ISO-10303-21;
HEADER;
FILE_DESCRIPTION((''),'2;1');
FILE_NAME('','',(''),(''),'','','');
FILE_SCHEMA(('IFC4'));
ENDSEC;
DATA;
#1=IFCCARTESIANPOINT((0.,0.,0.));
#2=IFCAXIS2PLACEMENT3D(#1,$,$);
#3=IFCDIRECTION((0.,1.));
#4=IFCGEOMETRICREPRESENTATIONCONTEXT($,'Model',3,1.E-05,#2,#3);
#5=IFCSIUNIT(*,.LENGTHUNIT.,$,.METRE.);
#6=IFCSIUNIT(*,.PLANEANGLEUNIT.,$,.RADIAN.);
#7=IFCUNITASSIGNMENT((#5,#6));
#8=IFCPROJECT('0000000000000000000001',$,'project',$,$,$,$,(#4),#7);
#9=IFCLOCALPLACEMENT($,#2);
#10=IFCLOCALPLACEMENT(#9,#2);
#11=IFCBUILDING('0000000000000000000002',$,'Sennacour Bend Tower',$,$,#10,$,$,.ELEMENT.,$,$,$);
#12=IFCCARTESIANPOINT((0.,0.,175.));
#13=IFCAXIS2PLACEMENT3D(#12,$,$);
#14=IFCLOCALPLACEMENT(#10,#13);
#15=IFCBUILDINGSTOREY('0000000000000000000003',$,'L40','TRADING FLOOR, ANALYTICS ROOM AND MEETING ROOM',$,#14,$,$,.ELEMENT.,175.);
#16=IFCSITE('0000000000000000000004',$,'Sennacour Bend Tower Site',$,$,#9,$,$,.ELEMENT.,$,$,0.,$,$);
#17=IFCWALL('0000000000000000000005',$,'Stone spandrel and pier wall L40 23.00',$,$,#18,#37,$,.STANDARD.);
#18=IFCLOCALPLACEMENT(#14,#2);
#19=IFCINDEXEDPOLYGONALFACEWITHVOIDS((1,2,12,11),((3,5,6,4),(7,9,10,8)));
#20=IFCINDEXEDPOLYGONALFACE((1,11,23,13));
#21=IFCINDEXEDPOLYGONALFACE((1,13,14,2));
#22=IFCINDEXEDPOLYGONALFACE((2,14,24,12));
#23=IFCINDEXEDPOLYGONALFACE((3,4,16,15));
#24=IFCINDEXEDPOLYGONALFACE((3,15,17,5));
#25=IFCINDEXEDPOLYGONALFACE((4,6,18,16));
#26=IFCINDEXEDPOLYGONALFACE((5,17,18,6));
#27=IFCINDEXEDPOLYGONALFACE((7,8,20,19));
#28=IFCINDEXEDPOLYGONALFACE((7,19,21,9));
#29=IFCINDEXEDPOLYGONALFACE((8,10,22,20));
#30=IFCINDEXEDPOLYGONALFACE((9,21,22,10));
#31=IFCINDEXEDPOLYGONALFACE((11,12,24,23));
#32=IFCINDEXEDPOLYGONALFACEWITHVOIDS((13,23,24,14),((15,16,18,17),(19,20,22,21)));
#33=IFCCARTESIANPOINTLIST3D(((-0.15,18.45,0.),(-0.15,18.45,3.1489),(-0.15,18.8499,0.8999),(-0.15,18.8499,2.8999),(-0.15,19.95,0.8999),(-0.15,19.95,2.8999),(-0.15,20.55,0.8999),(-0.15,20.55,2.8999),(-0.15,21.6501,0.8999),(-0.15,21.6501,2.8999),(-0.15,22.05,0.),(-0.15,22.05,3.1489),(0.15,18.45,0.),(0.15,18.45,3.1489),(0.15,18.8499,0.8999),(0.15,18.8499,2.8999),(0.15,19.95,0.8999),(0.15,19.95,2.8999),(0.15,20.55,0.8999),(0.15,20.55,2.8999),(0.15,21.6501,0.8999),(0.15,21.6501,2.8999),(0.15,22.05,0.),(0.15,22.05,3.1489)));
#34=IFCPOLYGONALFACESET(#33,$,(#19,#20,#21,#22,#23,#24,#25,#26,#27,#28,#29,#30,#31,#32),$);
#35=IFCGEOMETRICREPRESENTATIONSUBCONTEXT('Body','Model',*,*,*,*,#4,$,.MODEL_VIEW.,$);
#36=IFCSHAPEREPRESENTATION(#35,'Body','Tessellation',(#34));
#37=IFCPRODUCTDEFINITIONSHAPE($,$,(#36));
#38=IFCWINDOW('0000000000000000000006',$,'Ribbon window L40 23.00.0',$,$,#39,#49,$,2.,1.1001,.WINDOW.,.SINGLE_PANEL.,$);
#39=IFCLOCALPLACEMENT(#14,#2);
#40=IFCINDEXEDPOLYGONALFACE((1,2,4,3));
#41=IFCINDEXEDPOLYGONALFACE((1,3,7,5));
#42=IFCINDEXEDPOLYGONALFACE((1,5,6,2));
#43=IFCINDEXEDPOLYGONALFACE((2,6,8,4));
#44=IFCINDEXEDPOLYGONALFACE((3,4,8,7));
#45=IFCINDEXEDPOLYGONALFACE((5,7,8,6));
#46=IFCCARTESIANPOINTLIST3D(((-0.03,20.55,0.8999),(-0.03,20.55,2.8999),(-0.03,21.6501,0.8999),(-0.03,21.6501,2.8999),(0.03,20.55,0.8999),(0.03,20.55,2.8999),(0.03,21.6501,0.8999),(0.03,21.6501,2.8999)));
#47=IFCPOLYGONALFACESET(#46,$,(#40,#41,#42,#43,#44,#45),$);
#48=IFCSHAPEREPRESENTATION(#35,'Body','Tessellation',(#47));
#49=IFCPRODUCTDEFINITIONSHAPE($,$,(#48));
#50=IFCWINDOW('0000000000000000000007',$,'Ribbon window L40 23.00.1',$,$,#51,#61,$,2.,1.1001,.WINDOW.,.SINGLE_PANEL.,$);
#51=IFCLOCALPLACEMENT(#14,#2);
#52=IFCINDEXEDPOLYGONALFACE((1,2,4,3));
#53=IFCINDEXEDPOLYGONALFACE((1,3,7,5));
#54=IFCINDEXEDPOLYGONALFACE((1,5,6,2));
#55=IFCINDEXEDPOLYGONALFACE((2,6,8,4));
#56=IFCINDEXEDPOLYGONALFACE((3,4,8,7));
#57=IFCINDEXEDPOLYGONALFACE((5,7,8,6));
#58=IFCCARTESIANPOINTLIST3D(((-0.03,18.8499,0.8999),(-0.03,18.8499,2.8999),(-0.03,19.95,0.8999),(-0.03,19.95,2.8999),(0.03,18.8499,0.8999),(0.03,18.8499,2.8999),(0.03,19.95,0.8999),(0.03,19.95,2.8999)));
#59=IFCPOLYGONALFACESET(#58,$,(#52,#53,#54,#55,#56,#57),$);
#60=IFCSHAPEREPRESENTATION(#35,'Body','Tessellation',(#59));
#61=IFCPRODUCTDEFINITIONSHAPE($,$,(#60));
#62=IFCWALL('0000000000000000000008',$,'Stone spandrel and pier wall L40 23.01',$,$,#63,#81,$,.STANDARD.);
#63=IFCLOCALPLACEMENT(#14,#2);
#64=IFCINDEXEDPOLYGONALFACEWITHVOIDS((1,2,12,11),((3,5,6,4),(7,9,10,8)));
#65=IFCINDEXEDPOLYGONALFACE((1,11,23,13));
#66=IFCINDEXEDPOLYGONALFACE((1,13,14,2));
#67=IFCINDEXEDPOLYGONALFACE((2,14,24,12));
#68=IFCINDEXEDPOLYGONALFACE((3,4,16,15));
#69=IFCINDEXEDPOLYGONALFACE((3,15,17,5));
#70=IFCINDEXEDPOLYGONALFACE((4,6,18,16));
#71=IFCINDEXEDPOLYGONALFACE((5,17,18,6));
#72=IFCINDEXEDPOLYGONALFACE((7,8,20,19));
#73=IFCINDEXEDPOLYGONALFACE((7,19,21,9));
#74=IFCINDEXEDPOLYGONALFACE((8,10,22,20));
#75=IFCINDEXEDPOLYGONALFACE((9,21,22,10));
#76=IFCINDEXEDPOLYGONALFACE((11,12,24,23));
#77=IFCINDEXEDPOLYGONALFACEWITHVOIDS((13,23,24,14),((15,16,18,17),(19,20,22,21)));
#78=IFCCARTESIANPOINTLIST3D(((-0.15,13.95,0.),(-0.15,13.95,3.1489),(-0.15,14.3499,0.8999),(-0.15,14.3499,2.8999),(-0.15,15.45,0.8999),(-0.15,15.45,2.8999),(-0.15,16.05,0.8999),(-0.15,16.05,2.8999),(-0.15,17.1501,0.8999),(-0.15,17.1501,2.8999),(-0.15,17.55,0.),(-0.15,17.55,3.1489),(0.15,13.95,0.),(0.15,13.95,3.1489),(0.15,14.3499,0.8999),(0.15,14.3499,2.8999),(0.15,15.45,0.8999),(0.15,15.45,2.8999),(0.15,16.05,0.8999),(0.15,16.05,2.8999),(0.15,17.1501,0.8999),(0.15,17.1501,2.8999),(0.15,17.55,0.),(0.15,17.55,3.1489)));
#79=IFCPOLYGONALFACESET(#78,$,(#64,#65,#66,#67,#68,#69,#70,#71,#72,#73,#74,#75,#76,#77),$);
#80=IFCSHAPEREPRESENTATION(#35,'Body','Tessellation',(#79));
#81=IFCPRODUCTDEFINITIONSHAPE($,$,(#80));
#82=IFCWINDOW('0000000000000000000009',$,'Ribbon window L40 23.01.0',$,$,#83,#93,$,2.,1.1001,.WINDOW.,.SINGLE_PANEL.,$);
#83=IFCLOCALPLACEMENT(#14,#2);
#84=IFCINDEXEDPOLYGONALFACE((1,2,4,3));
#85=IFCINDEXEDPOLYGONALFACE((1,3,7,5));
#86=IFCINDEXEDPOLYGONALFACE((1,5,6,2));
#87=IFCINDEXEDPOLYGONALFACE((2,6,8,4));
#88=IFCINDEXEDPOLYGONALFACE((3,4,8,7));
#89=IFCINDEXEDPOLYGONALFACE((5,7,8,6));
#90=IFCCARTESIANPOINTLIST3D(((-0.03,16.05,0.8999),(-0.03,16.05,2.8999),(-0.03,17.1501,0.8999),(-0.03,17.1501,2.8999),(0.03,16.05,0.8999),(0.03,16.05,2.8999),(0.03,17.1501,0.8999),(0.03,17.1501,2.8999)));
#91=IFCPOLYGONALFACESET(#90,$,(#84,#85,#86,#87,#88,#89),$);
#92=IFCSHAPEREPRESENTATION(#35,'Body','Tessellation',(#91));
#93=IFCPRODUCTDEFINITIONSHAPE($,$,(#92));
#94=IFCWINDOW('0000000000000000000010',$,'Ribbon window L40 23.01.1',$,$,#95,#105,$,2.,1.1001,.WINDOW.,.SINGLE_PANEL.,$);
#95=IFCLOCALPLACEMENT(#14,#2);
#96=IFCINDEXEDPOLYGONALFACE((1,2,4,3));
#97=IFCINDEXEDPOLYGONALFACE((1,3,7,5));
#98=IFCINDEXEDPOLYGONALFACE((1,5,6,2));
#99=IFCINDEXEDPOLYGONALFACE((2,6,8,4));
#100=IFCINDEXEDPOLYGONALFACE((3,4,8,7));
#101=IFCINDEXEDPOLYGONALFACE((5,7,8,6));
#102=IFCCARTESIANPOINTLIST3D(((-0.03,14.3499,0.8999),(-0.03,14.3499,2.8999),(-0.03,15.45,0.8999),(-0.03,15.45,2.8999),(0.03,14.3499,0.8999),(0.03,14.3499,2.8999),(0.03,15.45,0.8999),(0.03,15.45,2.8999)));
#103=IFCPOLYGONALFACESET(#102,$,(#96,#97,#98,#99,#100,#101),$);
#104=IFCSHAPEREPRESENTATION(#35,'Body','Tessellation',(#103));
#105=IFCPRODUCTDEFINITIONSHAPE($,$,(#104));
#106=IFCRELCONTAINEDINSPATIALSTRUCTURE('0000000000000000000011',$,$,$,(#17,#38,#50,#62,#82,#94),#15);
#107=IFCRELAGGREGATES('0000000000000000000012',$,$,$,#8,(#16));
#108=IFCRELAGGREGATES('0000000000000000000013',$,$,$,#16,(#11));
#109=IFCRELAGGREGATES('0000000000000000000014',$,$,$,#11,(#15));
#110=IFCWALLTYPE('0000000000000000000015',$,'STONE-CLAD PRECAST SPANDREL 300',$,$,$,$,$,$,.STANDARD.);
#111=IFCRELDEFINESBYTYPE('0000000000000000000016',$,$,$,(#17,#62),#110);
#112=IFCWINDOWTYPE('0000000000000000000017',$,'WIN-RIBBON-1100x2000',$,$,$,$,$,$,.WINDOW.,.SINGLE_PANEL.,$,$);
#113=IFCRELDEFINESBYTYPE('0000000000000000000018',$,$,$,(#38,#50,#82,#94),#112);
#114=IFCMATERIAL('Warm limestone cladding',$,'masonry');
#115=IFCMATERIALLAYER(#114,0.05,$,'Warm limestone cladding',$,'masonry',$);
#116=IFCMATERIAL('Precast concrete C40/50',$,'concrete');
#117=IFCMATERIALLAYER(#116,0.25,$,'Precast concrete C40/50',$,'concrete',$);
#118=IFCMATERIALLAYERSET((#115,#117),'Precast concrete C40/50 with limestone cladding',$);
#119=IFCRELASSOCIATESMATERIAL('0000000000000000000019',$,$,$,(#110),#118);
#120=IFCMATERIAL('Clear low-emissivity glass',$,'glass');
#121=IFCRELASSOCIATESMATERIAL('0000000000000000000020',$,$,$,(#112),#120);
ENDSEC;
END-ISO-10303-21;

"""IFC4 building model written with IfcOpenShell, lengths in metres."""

from ifc_helpers import new_model, si_unit, direction, frame, frame_2d, origin, place, context, subcontext, project, spatial, rectangle, extrude, material, layer, layer_set, type_object, element, fill, save


model = new_model("IFC4")

# Units and contexts
model_context = context("Model", 3, precision=1e-05, world=origin(), true_north=direction((0.0, 1.0)))
body_context = subcontext(model_context, "Body", "Model", "MODEL_VIEW")
ifc_project = project(units=[si_unit("LENGTHUNIT", "METRE"), si_unit("PLANEANGLEUNIT", "RADIAN")], contexts=[model_context])

# Site, building, storey
site_placement = place(None, origin())
site = spatial("IfcSite", under=ifc_project, at=site_placement, Name="Sennacour Bend Tower Site", CompositionType="ELEMENT", RefElevation=0.0)
building_placement = place(site_placement, origin())
building = spatial("IfcBuilding", under=site, at=building_placement, Name="Sennacour Bend Tower", CompositionType="ELEMENT")
storey_placement = place(building_placement, frame((0.0, 0.0, 175.0)))
storey = spatial("IfcBuildingStorey", under=building, at=storey_placement, Name="L40", Description="TRADING FLOOR, ANALYTICS ROOM AND MEETING ROOM", CompositionType="ELEMENT", Elevation=175.0)

# Shared definitions
ifc_material_1 = material(Name="Warm limestone cladding", Category="masonry")
ifc_layer_1 = layer(ifc_material_1, 0.05, Name="Warm limestone cladding", Category="masonry")
ifc_material_2 = material(Name="Precast concrete C40/50", Category="concrete")
ifc_layer_2 = layer(ifc_material_2, 0.25, Name="Precast concrete C40/50", Category="concrete")
ifc_layer_set_1 = layer_set([ifc_layer_1, ifc_layer_2], Name="Precast concrete C40/50 with limestone cladding")
wall_type_1 = type_object("IfcWallType", Name="STONE-CLAD PRECAST SPANDREL 300", PredefinedType="STANDARD", material=ifc_layer_set_1)

# Walls, openings, windows
wall_1_placement = place(storey_placement, frame((0.0, 22.05, 0.0), z_axis=(0.0, 0.0, 1.0), x_axis=(0.0, -1.0, 0.0)))
wall_1 = element("IfcWall", 1, at=wall_1_placement, inside=storey, type_object=wall_type_1, Name="Stone spandrel and pier wall L40 23.00", PredefinedType="STANDARD", context=body_context, shape_type="SweptSolid", body=[
    extrude(rectangle(XDim=3.6001, YDim=0.3, at=frame_2d((1.8, 0.0))), origin(), (0.0, 0.0, 1.0), 3.1489),
])
opening_1_placement = place(wall_1_placement, frame((0.3999, 0.0, 0.8999)))
opening_1 = element("IfcOpeningElement", 2, at=opening_1_placement, cuts=wall_1, PredefinedType="OPENING", context=body_context, shape_type="SweptSolid", body=[
    extrude(rectangle(XDim=1.1001, YDim=2.0, at=frame_2d((0.55, 1.0))), frame((0.0, 0.1602, 0.0), z_axis=(0.0, -1.0, 0.0), x_axis=(1.0, 0.0, 0.0)), (0.0, 0.0, 1.0), 0.3201),
])
opening_2_placement = place(wall_1_placement, frame((2.1001, 0.0, 0.8999)))
opening_2 = element("IfcOpeningElement", 3, at=opening_2_placement, cuts=wall_1, PredefinedType="OPENING", context=body_context, shape_type="SweptSolid", body=[
    extrude(rectangle(XDim=1.1001, YDim=2.0, at=frame_2d((0.55, 1.0))), frame((0.0, 0.1602, 0.0), z_axis=(0.0, -1.0, 0.0), x_axis=(1.0, 0.0, 0.0)), (0.0, 0.0, 1.0), 0.3201),
])
ifc_material_3 = material(Name="Clear low-emissivity glass", Category="glass")
window_type = type_object("IfcWindowType", Name="WIN-RIBBON-1100x2000", PartitioningType="SINGLE_PANEL", PredefinedType="WINDOW", material=ifc_material_3)
window_1_placement = place(opening_1_placement, origin())
window_1 = element("IfcWindow", 4, at=window_1_placement, inside=storey, type_object=window_type, Name="Ribbon window L40 23.00.0", OverallHeight=2.0, OverallWidth=1.1001, PartitioningType="SINGLE_PANEL", PredefinedType="WINDOW", context=body_context, shape_type="SweptSolid", body=[
    extrude(rectangle(XDim=1.1001, YDim=2.0, at=frame_2d((0.55, 1.0))), frame((0.0, 0.03, 0.0), z_axis=(0.0, -1.0, 0.0), x_axis=(1.0, 0.0, 0.0)), (0.0, 0.0, 1.0), 0.0601),
])
fill(opening_1, window_1)
window_2_placement = place(opening_2_placement, origin())
window_2 = element("IfcWindow", 5, at=window_2_placement, inside=storey, type_object=window_type, Name="Ribbon window L40 23.00.1", OverallHeight=2.0, OverallWidth=1.1001, PartitioningType="SINGLE_PANEL", PredefinedType="WINDOW", context=body_context, shape_type="SweptSolid", body=[
    extrude(rectangle(XDim=1.1001, YDim=2.0, at=frame_2d((0.55, 1.0))), frame((0.0, 0.03, 0.0), z_axis=(0.0, -1.0, 0.0), x_axis=(1.0, 0.0, 0.0)), (0.0, 0.0, 1.0), 0.0601),
])
fill(opening_2, window_2)
wall_2_placement = place(storey_placement, frame((0.0, 17.55, 0.0), z_axis=(0.0, 0.0, 1.0), x_axis=(0.0, -1.0, 0.0)))
wall_2 = element("IfcWall", 6, at=wall_2_placement, inside=storey, type_object=wall_type_1, Name="Stone spandrel and pier wall L40 23.01", PredefinedType="STANDARD", context=body_context, shape_type="SweptSolid", body=[
    extrude(rectangle(XDim=3.6001, YDim=0.3, at=frame_2d((1.8, 0.0))), origin(), (0.0, 0.0, 1.0), 3.1489),
])
opening_3_placement = place(wall_2_placement, frame((0.3999, 0.0, 0.8999)))
opening_3 = element("IfcOpeningElement", 7, at=opening_3_placement, cuts=wall_2, PredefinedType="OPENING", context=body_context, shape_type="SweptSolid", body=[
    extrude(rectangle(XDim=1.1001, YDim=2.0, at=frame_2d((0.55, 1.0))), frame((0.0, 0.1602, 0.0), z_axis=(0.0, -1.0, 0.0), x_axis=(1.0, 0.0, 0.0)), (0.0, 0.0, 1.0), 0.3201),
])
opening_4_placement = place(wall_2_placement, frame((2.1001, 0.0, 0.8999)))
opening_4 = element("IfcOpeningElement", 8, at=opening_4_placement, cuts=wall_2, PredefinedType="OPENING", context=body_context, shape_type="SweptSolid", body=[
    extrude(rectangle(XDim=1.1001, YDim=2.0, at=frame_2d((0.55, 1.0))), frame((0.0, 0.1602, 0.0), z_axis=(0.0, -1.0, 0.0), x_axis=(1.0, 0.0, 0.0)), (0.0, 0.0, 1.0), 0.3201),
])
window_3_placement = place(opening_3_placement, origin())
window_3 = element("IfcWindow", 9, at=window_3_placement, inside=storey, type_object=window_type, Name="Ribbon window L40 23.01.0", OverallHeight=2.0, OverallWidth=1.1001, PartitioningType="SINGLE_PANEL", PredefinedType="WINDOW", context=body_context, shape_type="SweptSolid", body=[
    extrude(rectangle(XDim=1.1001, YDim=2.0, at=frame_2d((0.55, 1.0))), frame((0.0, 0.03, 0.0), z_axis=(0.0, -1.0, 0.0), x_axis=(1.0, 0.0, 0.0)), (0.0, 0.0, 1.0), 0.0601),
])
fill(opening_3, window_3)
window_4_placement = place(opening_4_placement, origin())
window_4 = element("IfcWindow", 10, at=window_4_placement, inside=storey, type_object=window_type, Name="Ribbon window L40 23.01.1", OverallHeight=2.0, OverallWidth=1.1001, PartitioningType="SINGLE_PANEL", PredefinedType="WINDOW", context=body_context, shape_type="SweptSolid", body=[
    extrude(rectangle(XDim=1.1001, YDim=2.0, at=frame_2d((0.55, 1.0))), frame((0.0, 0.03, 0.0), z_axis=(0.0, -1.0, 0.0), x_axis=(1.0, 0.0, 0.0)), (0.0, 0.0, 1.0), 0.0601),
])
fill(opening_4, window_4)

save(model, "model.ifc")
